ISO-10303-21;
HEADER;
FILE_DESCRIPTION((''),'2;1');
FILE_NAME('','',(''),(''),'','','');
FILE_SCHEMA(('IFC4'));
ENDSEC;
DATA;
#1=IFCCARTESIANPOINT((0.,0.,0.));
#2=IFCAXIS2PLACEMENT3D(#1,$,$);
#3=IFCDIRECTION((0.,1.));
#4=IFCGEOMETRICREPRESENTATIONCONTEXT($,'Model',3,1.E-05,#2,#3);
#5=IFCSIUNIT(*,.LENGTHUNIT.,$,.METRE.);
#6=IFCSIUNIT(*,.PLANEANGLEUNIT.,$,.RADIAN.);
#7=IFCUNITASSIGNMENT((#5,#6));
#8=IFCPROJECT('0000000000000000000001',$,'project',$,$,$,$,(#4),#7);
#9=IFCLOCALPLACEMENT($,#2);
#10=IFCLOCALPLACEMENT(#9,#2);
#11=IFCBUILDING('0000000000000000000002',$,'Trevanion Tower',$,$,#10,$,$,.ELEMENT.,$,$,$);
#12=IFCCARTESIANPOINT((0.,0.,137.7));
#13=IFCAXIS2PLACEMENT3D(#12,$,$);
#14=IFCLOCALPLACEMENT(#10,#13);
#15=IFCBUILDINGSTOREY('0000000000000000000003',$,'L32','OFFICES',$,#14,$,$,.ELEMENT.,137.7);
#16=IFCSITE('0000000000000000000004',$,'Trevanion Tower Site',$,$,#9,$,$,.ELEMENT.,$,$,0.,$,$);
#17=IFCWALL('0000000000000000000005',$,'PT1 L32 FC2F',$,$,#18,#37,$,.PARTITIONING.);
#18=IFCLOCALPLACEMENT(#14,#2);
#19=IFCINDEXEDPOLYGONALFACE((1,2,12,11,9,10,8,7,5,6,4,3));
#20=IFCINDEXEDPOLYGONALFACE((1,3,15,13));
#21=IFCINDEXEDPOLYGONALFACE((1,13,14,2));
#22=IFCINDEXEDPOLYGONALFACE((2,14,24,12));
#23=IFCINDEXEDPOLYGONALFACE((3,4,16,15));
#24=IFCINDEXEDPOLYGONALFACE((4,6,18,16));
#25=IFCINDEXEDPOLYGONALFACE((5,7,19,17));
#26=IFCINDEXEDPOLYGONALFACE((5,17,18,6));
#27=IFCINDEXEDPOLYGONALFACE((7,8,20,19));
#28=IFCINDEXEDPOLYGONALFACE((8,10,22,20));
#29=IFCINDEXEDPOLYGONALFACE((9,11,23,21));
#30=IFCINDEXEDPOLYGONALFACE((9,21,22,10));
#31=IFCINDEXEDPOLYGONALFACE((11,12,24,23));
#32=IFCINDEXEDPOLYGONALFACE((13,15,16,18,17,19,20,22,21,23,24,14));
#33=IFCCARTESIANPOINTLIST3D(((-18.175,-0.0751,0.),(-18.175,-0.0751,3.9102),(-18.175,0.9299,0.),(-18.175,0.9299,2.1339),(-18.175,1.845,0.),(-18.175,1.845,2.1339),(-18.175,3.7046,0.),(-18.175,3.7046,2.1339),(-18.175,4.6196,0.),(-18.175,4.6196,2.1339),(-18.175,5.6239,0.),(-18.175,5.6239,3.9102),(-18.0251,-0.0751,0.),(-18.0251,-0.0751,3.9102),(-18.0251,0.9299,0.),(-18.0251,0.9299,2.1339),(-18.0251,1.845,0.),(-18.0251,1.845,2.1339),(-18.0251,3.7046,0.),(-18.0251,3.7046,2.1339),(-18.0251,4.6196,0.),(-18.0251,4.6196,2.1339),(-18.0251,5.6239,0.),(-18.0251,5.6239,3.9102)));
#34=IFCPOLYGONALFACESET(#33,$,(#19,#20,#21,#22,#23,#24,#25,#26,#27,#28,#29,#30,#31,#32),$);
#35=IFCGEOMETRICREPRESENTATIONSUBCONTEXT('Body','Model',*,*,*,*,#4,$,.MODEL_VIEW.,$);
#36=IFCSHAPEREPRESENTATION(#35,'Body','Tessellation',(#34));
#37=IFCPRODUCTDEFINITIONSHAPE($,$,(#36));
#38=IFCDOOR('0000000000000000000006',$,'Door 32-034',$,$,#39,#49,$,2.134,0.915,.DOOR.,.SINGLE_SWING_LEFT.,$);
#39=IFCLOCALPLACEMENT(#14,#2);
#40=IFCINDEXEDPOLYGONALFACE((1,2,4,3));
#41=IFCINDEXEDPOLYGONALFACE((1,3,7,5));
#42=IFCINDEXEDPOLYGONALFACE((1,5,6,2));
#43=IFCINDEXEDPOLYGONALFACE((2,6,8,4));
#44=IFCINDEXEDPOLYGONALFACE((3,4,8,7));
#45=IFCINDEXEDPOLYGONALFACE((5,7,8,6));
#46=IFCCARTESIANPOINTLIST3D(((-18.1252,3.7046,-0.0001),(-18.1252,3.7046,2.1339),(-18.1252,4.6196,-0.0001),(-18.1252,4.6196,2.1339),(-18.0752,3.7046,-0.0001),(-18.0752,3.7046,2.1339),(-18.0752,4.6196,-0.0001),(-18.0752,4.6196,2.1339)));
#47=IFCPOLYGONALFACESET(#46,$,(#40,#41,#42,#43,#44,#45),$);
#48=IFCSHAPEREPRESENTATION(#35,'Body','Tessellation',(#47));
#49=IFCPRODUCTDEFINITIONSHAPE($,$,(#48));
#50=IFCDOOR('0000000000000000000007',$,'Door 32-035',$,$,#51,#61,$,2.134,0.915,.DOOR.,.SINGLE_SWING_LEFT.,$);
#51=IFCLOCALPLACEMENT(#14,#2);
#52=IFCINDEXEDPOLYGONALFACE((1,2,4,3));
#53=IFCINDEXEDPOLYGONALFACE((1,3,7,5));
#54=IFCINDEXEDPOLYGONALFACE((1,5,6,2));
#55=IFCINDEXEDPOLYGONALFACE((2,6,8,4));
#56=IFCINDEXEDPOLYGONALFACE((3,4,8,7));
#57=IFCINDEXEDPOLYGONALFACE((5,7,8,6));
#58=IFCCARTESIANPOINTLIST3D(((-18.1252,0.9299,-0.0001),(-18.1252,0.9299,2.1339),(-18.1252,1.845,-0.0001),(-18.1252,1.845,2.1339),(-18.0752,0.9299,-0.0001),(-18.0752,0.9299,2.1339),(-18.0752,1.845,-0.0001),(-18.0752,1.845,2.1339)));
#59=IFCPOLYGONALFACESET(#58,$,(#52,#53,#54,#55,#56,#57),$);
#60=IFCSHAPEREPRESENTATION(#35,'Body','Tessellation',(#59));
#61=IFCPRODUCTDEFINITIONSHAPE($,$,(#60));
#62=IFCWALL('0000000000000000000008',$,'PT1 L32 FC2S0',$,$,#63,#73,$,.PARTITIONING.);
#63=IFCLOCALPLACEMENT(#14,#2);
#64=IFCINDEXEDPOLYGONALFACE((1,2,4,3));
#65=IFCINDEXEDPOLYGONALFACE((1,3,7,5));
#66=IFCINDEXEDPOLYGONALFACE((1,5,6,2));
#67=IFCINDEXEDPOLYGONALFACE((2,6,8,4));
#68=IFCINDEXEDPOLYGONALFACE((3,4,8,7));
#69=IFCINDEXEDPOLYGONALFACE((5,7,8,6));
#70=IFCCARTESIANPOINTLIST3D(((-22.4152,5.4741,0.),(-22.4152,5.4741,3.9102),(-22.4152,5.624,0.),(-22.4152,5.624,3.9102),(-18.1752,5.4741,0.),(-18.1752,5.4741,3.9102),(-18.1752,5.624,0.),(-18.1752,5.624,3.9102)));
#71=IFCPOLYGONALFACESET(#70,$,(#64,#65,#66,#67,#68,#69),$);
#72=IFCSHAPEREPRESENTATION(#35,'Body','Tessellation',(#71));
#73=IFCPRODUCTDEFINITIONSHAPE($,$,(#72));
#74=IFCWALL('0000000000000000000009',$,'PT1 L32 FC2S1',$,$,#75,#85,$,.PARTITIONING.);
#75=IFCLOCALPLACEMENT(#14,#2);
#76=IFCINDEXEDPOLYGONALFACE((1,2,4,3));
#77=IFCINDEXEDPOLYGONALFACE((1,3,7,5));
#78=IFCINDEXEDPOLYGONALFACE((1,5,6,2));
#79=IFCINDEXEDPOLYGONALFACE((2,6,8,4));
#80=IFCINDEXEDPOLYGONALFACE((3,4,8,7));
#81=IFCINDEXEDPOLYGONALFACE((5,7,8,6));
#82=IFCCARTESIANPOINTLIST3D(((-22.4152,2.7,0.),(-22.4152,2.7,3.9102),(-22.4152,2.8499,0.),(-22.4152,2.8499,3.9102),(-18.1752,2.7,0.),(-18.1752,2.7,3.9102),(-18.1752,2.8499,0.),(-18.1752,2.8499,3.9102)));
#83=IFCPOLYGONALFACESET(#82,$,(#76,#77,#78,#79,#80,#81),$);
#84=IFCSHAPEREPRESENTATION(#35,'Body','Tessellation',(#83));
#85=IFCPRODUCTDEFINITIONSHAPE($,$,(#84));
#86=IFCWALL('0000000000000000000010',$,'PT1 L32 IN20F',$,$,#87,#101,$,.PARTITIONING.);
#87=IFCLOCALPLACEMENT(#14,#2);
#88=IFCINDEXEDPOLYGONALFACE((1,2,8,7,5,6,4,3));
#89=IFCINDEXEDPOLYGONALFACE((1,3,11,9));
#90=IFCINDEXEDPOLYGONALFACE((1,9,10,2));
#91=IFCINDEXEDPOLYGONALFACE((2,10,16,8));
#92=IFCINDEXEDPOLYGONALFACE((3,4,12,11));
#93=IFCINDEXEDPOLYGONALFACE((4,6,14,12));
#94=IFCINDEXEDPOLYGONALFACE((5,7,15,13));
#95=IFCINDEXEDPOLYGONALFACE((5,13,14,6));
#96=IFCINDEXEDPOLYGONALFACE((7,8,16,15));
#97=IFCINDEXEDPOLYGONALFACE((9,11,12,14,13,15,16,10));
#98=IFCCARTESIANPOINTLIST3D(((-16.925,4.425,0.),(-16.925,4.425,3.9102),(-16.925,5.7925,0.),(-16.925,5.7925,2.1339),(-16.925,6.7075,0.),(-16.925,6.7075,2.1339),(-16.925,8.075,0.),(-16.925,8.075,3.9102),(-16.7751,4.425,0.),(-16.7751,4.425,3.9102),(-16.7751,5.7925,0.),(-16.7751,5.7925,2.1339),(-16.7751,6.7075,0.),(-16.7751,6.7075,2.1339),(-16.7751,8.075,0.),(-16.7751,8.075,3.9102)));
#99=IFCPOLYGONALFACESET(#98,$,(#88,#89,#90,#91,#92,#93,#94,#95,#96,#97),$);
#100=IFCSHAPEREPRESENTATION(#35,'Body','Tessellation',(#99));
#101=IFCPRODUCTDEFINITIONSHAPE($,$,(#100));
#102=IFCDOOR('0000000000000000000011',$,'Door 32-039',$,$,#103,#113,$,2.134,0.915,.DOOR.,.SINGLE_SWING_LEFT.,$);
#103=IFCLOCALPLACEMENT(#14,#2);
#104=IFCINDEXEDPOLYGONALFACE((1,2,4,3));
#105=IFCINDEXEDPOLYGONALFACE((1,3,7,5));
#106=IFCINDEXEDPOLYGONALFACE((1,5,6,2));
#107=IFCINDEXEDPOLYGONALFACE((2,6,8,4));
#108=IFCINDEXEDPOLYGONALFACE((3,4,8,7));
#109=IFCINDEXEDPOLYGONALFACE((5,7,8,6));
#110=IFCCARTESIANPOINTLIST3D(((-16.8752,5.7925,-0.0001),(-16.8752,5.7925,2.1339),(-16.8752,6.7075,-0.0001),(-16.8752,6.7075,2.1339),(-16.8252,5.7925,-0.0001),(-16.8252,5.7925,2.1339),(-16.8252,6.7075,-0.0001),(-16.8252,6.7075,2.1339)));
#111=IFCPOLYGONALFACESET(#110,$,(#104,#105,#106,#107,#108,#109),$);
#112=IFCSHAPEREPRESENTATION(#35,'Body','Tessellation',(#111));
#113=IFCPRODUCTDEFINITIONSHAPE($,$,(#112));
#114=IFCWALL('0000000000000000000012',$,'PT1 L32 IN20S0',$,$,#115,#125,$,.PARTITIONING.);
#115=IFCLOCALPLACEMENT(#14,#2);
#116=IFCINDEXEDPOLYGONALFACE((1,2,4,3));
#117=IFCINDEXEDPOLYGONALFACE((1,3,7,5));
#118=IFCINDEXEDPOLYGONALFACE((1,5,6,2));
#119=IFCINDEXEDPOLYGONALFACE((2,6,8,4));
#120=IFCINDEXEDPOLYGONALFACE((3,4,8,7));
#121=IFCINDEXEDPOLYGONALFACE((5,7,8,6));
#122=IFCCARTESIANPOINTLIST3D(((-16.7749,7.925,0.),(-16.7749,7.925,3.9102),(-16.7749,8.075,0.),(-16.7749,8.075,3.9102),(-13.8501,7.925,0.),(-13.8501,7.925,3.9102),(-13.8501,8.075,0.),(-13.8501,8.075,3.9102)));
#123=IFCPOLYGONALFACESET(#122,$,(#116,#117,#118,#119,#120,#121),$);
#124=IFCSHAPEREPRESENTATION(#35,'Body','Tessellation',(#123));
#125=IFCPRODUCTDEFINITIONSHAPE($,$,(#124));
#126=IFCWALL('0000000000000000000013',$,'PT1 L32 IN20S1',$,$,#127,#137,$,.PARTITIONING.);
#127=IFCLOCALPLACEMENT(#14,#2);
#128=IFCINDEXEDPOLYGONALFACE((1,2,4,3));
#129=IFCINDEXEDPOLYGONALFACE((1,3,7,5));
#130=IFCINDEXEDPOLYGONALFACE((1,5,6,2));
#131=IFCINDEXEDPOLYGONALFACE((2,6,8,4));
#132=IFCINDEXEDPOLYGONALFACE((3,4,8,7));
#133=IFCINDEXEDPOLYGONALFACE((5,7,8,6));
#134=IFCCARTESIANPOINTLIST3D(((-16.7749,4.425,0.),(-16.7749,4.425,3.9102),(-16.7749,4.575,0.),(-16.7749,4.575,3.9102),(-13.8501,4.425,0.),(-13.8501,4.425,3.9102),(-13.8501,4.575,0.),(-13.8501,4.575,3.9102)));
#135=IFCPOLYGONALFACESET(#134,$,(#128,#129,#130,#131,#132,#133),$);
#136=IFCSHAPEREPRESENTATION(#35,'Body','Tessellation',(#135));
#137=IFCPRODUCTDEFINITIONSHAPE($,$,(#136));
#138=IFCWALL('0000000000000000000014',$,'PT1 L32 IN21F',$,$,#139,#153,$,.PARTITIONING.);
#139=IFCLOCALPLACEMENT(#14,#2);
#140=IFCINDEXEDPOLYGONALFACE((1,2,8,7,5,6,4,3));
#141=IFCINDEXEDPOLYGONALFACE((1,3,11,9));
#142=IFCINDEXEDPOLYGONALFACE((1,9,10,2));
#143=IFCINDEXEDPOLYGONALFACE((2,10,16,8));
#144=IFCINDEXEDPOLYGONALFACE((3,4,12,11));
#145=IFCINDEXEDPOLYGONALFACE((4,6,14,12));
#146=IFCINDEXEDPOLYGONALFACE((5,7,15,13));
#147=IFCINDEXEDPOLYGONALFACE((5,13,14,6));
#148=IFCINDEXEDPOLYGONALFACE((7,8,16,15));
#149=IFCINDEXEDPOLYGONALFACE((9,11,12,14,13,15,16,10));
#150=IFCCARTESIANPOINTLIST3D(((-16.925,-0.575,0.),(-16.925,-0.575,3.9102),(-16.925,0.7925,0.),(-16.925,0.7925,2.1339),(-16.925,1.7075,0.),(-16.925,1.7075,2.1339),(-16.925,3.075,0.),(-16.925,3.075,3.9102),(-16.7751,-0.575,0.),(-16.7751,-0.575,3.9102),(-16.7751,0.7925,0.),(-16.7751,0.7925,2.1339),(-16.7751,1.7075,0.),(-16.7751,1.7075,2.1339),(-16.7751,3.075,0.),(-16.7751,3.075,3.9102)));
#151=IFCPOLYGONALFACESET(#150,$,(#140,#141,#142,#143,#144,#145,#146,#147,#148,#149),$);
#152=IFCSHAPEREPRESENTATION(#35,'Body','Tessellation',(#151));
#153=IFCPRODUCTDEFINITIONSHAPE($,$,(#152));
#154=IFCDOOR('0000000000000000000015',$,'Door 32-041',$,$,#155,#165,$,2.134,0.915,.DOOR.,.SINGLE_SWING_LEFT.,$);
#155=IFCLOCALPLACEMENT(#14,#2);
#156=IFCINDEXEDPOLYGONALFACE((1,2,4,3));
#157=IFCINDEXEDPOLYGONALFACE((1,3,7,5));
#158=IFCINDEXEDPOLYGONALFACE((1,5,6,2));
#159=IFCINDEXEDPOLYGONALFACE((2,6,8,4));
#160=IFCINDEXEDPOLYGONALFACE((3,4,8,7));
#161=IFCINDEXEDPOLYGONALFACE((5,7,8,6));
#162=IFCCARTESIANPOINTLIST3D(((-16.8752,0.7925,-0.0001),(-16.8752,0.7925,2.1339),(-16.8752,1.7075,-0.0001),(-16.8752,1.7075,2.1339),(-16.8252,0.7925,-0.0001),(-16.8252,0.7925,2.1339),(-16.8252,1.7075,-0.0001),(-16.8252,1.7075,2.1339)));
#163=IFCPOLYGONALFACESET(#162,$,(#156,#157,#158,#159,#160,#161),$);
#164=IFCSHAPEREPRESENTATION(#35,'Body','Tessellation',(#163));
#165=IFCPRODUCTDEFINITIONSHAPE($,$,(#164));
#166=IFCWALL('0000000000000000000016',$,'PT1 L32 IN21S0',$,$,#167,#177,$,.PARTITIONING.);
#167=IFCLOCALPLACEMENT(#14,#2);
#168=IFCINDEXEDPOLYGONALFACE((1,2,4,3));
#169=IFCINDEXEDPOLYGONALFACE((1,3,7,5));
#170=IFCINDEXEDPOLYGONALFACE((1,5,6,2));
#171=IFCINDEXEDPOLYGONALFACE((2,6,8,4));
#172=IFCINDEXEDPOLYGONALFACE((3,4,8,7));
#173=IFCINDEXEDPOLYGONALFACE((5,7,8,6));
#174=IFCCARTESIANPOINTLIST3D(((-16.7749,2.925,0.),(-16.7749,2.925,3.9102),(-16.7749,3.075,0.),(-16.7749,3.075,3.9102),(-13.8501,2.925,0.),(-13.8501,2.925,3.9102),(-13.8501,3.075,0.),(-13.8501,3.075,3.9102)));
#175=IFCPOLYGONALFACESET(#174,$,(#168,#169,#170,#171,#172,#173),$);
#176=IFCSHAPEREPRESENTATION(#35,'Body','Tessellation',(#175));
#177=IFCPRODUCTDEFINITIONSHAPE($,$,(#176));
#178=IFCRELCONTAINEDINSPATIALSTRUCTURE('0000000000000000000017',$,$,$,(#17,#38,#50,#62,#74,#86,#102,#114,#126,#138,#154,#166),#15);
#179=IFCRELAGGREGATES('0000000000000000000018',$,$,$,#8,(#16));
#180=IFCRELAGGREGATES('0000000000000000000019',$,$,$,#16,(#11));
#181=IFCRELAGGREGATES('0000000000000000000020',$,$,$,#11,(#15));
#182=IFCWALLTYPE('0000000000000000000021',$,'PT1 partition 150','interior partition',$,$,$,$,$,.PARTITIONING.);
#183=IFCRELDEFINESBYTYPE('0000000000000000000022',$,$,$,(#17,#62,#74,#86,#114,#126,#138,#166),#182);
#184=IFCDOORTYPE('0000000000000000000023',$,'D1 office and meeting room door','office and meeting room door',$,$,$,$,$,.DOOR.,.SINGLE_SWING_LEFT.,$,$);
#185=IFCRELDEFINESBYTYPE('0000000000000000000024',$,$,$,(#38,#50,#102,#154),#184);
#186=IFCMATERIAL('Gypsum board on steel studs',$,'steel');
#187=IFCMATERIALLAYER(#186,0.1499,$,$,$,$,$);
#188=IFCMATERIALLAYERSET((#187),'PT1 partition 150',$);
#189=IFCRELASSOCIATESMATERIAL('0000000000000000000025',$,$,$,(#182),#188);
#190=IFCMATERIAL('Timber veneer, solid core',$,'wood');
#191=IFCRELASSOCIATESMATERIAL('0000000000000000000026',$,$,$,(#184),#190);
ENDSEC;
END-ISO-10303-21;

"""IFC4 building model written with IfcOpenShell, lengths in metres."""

from ifc_helpers import new_model, si_unit, direction, frame, frame_2d, origin, place, context, subcontext, project, spatial, rectangle, extrude, material, layer, layer_set, type_object, element, fill, save


model = new_model("IFC4")

# Units and contexts
model_context = context("Model", 3, precision=1e-05, world=origin(), true_north=direction((0.0, 1.0)))
body_context = subcontext(model_context, "Body", "Model", "MODEL_VIEW")
ifc_project = project(units=[si_unit("LENGTHUNIT", "METRE"), si_unit("PLANEANGLEUNIT", "RADIAN")], contexts=[model_context])

# Site, building, storey
site_placement = place(None, origin())
site = spatial("IfcSite", under=ifc_project, at=site_placement, Name="Trevanion Tower Site", CompositionType="ELEMENT", RefElevation=0.0)
building_placement = place(site_placement, origin())
building = spatial("IfcBuilding", under=site, at=building_placement, Name="Trevanion Tower", CompositionType="ELEMENT")
storey_placement = place(building_placement, frame((0.0, 0.0, 137.7)))
storey = spatial("IfcBuildingStorey", under=building, at=storey_placement, Name="L32", Description="OFFICES", CompositionType="ELEMENT", Elevation=137.7)

# Wall, openings, doors
ifc_material_1 = material(Name="Gypsum board on steel studs", Category="steel")
ifc_layer_1 = layer(ifc_material_1, 0.1499)
ifc_layer_set_1 = layer_set([ifc_layer_1], Name="PT1 partition 150")
wall_type = type_object("IfcWallType", Name="PT1 partition 150", Description="interior partition", PredefinedType="PARTITIONING", material=ifc_layer_set_1)
wall_1_placement = place(storey_placement, frame((-18.1001, 5.624, 0.0), z_axis=(0.0, 0.0, 1.0), x_axis=(0.0, -1.0, 0.0)))
wall_1 = element("IfcWall", 1, at=wall_1_placement, inside=storey, type_object=wall_type, Name="PT1 L32 FC2F", PredefinedType="PARTITIONING", context=body_context, shape_type="SweptSolid", body=[
    extrude(rectangle(XDim=5.699, YDim=0.1499, at=frame_2d((2.8496, 0.0))), origin(), (0.0, 0.0, 1.0), 3.9102),
])
opening_1_placement = place(wall_1_placement, frame((1.0044, 0.0, 0.0)))
opening_1 = element("IfcOpeningElement", 2, at=opening_1_placement, cuts=wall_1, PredefinedType="OPENING", context=body_context, shape_type="SweptSolid", body=[
    extrude(rectangle(XDim=0.915, YDim=2.134, at=frame_2d((0.4575, 1.0669))), frame((0.0, 0.085, 0.0), z_axis=(0.0, -1.0, 0.0), x_axis=(1.0, 0.0, 0.0)), (0.0, 0.0, 1.0), 0.1699),
])
opening_2_placement = place(wall_1_placement, frame((3.7791, 0.0, 0.0)))
opening_2 = element("IfcOpeningElement", 3, at=opening_2_placement, cuts=wall_1, PredefinedType="OPENING", context=body_context, shape_type="SweptSolid", body=[
    extrude(rectangle(XDim=0.915, YDim=2.134, at=frame_2d((0.4575, 1.0669))), frame((0.0, 0.085, 0.0), z_axis=(0.0, -1.0, 0.0), x_axis=(1.0, 0.0, 0.0)), (0.0, 0.0, 1.0), 0.1699),
])
ifc_material_2 = material(Name="Timber veneer, solid core", Category="wood")
door_type = type_object("IfcDoorType", Name="D1 office and meeting room door", Description="office and meeting room door", OperationType="SINGLE_SWING_LEFT", PredefinedType="DOOR", material=ifc_material_2)
door_1_placement = place(opening_1_placement, origin())
door_1 = element("IfcDoor", 4, at=door_1_placement, inside=storey, type_object=door_type, Name="Door 32-034", OperationType="SINGLE_SWING_LEFT", OverallHeight=2.134, OverallWidth=0.915, PredefinedType="DOOR", context=body_context, shape_type="SweptSolid", body=[
    extrude(rectangle(XDim=0.915, YDim=2.134, at=frame_2d((0.4575, 1.0669))), frame((0.0, 0.0249, 0.0), z_axis=(0.0, -1.0, 0.0), x_axis=(1.0, 0.0, 0.0)), (0.0, 0.0, 1.0), 0.05),
])
fill(opening_1, door_1)
door_2_placement = place(opening_2_placement, origin())
door_2 = element("IfcDoor", 5, at=door_2_placement, inside=storey, type_object=door_type, Name="Door 32-035", OperationType="SINGLE_SWING_LEFT", OverallHeight=2.134, OverallWidth=0.915, PredefinedType="DOOR", context=body_context, shape_type="SweptSolid", body=[
    extrude(rectangle(XDim=0.915, YDim=2.134, at=frame_2d((0.4575, 1.0669))), frame((0.0, 0.0249, 0.0), z_axis=(0.0, -1.0, 0.0), x_axis=(1.0, 0.0, 0.0)), (0.0, 0.0, 1.0), 0.05),
])
fill(opening_2, door_2)

# Walls
for number, where, z_axis, x_axis, name in (
    (6, (-18.175, 5.5491, 0.0), (0.0, 0.0, 1.0), (-1.0, 0.0, 0.0), "PT1 L32 FC2S0"),
    (7, (-18.175, 2.7749, 0.0), (0.0, 0.0, 1.0), (-1.0, 0.0, 0.0), "PT1 L32 FC2S1"),
):
    element("IfcWall", number, at=place(storey_placement, frame(where, z_axis=z_axis, x_axis=x_axis)), inside=storey, type_object=wall_type, Name=name, PredefinedType="PARTITIONING", context=body_context, shape_type="SweptSolid", body=[
        extrude(rectangle(XDim=4.24, YDim=0.1499, at=frame_2d((2.1201, 0.0))), origin(), (0.0, 0.0, 1.0), 3.9102),
    ])

# Wall, opening, door
wall_2_placement = place(storey_placement, frame((-16.8501, 8.075, 0.0), z_axis=(0.0, 0.0, 1.0), x_axis=(0.0, -1.0, 0.0)))
wall_2 = element("IfcWall", 8, at=wall_2_placement, inside=storey, type_object=wall_type, Name="PT1 L32 IN20F", PredefinedType="PARTITIONING", context=body_context, shape_type="SweptSolid", body=[
    extrude(rectangle(XDim=3.6499, YDim=0.1499, at=frame_2d((1.825, 0.0))), origin(), (0.0, 0.0, 1.0), 3.9102),
])
opening_3_placement = place(wall_2_placement, frame((1.3674, 0.0, 0.0)))
opening_3 = element("IfcOpeningElement", 9, at=opening_3_placement, cuts=wall_2, PredefinedType="OPENING", context=body_context, shape_type="SweptSolid", body=[
    extrude(rectangle(XDim=0.915, YDim=2.134, at=frame_2d((0.4575, 1.0669))), frame((0.0, 0.085, 0.0), z_axis=(0.0, -1.0, 0.0), x_axis=(1.0, 0.0, 0.0)), (0.0, 0.0, 1.0), 0.1699),
])
door_3_placement = place(opening_3_placement, origin())
door_3 = element("IfcDoor", 10, at=door_3_placement, inside=storey, type_object=door_type, Name="Door 32-039", OperationType="SINGLE_SWING_LEFT", OverallHeight=2.134, OverallWidth=0.915, PredefinedType="DOOR", context=body_context, shape_type="SweptSolid", body=[
    extrude(rectangle(XDim=0.915, YDim=2.134, at=frame_2d((0.4575, 1.0669))), frame((0.0, 0.0249, 0.0), z_axis=(0.0, -1.0, 0.0), x_axis=(1.0, 0.0, 0.0)), (0.0, 0.0, 1.0), 0.05),
])
fill(opening_3, door_3)

# Walls
for number, where, z_axis, x_axis, name in (
    (11, (-16.7749, 8.0, 0.0), (0.0, 0.0, 1.0), (1.0, 0.0, 0.0), "PT1 L32 IN20S0"),
    (12, (-16.7749, 4.5, 0.0), (0.0, 0.0, 1.0), (1.0, 0.0, 0.0), "PT1 L32 IN20S1"),
):
    element("IfcWall", number, at=place(storey_placement, frame(where, z_axis=z_axis, x_axis=x_axis)), inside=storey, type_object=wall_type, Name=name, PredefinedType="PARTITIONING", context=body_context, shape_type="SweptSolid", body=[
        extrude(rectangle(XDim=2.9248, YDim=0.1499, at=frame_2d((1.4624, 0.0))), origin(), (0.0, 0.0, 1.0), 3.9102),
    ])

# Wall, opening, door
wall_3_placement = place(storey_placement, frame((-16.8501, 3.075, 0.0), z_axis=(0.0, 0.0, 1.0), x_axis=(0.0, -1.0, 0.0)))
wall_3 = element("IfcWall", 13, at=wall_3_placement, inside=storey, type_object=wall_type, Name="PT1 L32 IN21F", PredefinedType="PARTITIONING", context=body_context, shape_type="SweptSolid", body=[
    extrude(rectangle(XDim=3.6499, YDim=0.1499, at=frame_2d((1.825, 0.0))), origin(), (0.0, 0.0, 1.0), 3.9102),
])
opening_4_placement = place(wall_3_placement, frame((1.3674, 0.0, 0.0)))
opening_4 = element("IfcOpeningElement", 14, at=opening_4_placement, cuts=wall_3, PredefinedType="OPENING", context=body_context, shape_type="SweptSolid", body=[
    extrude(rectangle(XDim=0.915, YDim=2.134, at=frame_2d((0.4575, 1.0669))), frame((0.0, 0.085, 0.0), z_axis=(0.0, -1.0, 0.0), x_axis=(1.0, 0.0, 0.0)), (0.0, 0.0, 1.0), 0.1699),
])
door_4_placement = place(opening_4_placement, origin())
door_4 = element("IfcDoor", 15, at=door_4_placement, inside=storey, type_object=door_type, Name="Door 32-041", OperationType="SINGLE_SWING_LEFT", OverallHeight=2.134, OverallWidth=0.915, PredefinedType="DOOR", context=body_context, shape_type="SweptSolid", body=[
    extrude(rectangle(XDim=0.915, YDim=2.134, at=frame_2d((0.4575, 1.0669))), frame((0.0, 0.0249, 0.0), z_axis=(0.0, -1.0, 0.0), x_axis=(1.0, 0.0, 0.0)), (0.0, 0.0, 1.0), 0.05),
])
fill(opening_4, door_4)

# Wall
wall_4_placement = place(storey_placement, frame((-16.7749, 3.0, 0.0), z_axis=(0.0, 0.0, 1.0), x_axis=(1.0, 0.0, 0.0)))
element("IfcWall", 16, at=wall_4_placement, inside=storey, type_object=wall_type, Name="PT1 L32 IN21S0", PredefinedType="PARTITIONING", context=body_context, shape_type="SweptSolid", body=[
    extrude(rectangle(XDim=2.9248, YDim=0.1499, at=frame_2d((1.4624, 0.0))), origin(), (0.0, 0.0, 1.0), 3.9102),
])

save(model, "model.ifc")
